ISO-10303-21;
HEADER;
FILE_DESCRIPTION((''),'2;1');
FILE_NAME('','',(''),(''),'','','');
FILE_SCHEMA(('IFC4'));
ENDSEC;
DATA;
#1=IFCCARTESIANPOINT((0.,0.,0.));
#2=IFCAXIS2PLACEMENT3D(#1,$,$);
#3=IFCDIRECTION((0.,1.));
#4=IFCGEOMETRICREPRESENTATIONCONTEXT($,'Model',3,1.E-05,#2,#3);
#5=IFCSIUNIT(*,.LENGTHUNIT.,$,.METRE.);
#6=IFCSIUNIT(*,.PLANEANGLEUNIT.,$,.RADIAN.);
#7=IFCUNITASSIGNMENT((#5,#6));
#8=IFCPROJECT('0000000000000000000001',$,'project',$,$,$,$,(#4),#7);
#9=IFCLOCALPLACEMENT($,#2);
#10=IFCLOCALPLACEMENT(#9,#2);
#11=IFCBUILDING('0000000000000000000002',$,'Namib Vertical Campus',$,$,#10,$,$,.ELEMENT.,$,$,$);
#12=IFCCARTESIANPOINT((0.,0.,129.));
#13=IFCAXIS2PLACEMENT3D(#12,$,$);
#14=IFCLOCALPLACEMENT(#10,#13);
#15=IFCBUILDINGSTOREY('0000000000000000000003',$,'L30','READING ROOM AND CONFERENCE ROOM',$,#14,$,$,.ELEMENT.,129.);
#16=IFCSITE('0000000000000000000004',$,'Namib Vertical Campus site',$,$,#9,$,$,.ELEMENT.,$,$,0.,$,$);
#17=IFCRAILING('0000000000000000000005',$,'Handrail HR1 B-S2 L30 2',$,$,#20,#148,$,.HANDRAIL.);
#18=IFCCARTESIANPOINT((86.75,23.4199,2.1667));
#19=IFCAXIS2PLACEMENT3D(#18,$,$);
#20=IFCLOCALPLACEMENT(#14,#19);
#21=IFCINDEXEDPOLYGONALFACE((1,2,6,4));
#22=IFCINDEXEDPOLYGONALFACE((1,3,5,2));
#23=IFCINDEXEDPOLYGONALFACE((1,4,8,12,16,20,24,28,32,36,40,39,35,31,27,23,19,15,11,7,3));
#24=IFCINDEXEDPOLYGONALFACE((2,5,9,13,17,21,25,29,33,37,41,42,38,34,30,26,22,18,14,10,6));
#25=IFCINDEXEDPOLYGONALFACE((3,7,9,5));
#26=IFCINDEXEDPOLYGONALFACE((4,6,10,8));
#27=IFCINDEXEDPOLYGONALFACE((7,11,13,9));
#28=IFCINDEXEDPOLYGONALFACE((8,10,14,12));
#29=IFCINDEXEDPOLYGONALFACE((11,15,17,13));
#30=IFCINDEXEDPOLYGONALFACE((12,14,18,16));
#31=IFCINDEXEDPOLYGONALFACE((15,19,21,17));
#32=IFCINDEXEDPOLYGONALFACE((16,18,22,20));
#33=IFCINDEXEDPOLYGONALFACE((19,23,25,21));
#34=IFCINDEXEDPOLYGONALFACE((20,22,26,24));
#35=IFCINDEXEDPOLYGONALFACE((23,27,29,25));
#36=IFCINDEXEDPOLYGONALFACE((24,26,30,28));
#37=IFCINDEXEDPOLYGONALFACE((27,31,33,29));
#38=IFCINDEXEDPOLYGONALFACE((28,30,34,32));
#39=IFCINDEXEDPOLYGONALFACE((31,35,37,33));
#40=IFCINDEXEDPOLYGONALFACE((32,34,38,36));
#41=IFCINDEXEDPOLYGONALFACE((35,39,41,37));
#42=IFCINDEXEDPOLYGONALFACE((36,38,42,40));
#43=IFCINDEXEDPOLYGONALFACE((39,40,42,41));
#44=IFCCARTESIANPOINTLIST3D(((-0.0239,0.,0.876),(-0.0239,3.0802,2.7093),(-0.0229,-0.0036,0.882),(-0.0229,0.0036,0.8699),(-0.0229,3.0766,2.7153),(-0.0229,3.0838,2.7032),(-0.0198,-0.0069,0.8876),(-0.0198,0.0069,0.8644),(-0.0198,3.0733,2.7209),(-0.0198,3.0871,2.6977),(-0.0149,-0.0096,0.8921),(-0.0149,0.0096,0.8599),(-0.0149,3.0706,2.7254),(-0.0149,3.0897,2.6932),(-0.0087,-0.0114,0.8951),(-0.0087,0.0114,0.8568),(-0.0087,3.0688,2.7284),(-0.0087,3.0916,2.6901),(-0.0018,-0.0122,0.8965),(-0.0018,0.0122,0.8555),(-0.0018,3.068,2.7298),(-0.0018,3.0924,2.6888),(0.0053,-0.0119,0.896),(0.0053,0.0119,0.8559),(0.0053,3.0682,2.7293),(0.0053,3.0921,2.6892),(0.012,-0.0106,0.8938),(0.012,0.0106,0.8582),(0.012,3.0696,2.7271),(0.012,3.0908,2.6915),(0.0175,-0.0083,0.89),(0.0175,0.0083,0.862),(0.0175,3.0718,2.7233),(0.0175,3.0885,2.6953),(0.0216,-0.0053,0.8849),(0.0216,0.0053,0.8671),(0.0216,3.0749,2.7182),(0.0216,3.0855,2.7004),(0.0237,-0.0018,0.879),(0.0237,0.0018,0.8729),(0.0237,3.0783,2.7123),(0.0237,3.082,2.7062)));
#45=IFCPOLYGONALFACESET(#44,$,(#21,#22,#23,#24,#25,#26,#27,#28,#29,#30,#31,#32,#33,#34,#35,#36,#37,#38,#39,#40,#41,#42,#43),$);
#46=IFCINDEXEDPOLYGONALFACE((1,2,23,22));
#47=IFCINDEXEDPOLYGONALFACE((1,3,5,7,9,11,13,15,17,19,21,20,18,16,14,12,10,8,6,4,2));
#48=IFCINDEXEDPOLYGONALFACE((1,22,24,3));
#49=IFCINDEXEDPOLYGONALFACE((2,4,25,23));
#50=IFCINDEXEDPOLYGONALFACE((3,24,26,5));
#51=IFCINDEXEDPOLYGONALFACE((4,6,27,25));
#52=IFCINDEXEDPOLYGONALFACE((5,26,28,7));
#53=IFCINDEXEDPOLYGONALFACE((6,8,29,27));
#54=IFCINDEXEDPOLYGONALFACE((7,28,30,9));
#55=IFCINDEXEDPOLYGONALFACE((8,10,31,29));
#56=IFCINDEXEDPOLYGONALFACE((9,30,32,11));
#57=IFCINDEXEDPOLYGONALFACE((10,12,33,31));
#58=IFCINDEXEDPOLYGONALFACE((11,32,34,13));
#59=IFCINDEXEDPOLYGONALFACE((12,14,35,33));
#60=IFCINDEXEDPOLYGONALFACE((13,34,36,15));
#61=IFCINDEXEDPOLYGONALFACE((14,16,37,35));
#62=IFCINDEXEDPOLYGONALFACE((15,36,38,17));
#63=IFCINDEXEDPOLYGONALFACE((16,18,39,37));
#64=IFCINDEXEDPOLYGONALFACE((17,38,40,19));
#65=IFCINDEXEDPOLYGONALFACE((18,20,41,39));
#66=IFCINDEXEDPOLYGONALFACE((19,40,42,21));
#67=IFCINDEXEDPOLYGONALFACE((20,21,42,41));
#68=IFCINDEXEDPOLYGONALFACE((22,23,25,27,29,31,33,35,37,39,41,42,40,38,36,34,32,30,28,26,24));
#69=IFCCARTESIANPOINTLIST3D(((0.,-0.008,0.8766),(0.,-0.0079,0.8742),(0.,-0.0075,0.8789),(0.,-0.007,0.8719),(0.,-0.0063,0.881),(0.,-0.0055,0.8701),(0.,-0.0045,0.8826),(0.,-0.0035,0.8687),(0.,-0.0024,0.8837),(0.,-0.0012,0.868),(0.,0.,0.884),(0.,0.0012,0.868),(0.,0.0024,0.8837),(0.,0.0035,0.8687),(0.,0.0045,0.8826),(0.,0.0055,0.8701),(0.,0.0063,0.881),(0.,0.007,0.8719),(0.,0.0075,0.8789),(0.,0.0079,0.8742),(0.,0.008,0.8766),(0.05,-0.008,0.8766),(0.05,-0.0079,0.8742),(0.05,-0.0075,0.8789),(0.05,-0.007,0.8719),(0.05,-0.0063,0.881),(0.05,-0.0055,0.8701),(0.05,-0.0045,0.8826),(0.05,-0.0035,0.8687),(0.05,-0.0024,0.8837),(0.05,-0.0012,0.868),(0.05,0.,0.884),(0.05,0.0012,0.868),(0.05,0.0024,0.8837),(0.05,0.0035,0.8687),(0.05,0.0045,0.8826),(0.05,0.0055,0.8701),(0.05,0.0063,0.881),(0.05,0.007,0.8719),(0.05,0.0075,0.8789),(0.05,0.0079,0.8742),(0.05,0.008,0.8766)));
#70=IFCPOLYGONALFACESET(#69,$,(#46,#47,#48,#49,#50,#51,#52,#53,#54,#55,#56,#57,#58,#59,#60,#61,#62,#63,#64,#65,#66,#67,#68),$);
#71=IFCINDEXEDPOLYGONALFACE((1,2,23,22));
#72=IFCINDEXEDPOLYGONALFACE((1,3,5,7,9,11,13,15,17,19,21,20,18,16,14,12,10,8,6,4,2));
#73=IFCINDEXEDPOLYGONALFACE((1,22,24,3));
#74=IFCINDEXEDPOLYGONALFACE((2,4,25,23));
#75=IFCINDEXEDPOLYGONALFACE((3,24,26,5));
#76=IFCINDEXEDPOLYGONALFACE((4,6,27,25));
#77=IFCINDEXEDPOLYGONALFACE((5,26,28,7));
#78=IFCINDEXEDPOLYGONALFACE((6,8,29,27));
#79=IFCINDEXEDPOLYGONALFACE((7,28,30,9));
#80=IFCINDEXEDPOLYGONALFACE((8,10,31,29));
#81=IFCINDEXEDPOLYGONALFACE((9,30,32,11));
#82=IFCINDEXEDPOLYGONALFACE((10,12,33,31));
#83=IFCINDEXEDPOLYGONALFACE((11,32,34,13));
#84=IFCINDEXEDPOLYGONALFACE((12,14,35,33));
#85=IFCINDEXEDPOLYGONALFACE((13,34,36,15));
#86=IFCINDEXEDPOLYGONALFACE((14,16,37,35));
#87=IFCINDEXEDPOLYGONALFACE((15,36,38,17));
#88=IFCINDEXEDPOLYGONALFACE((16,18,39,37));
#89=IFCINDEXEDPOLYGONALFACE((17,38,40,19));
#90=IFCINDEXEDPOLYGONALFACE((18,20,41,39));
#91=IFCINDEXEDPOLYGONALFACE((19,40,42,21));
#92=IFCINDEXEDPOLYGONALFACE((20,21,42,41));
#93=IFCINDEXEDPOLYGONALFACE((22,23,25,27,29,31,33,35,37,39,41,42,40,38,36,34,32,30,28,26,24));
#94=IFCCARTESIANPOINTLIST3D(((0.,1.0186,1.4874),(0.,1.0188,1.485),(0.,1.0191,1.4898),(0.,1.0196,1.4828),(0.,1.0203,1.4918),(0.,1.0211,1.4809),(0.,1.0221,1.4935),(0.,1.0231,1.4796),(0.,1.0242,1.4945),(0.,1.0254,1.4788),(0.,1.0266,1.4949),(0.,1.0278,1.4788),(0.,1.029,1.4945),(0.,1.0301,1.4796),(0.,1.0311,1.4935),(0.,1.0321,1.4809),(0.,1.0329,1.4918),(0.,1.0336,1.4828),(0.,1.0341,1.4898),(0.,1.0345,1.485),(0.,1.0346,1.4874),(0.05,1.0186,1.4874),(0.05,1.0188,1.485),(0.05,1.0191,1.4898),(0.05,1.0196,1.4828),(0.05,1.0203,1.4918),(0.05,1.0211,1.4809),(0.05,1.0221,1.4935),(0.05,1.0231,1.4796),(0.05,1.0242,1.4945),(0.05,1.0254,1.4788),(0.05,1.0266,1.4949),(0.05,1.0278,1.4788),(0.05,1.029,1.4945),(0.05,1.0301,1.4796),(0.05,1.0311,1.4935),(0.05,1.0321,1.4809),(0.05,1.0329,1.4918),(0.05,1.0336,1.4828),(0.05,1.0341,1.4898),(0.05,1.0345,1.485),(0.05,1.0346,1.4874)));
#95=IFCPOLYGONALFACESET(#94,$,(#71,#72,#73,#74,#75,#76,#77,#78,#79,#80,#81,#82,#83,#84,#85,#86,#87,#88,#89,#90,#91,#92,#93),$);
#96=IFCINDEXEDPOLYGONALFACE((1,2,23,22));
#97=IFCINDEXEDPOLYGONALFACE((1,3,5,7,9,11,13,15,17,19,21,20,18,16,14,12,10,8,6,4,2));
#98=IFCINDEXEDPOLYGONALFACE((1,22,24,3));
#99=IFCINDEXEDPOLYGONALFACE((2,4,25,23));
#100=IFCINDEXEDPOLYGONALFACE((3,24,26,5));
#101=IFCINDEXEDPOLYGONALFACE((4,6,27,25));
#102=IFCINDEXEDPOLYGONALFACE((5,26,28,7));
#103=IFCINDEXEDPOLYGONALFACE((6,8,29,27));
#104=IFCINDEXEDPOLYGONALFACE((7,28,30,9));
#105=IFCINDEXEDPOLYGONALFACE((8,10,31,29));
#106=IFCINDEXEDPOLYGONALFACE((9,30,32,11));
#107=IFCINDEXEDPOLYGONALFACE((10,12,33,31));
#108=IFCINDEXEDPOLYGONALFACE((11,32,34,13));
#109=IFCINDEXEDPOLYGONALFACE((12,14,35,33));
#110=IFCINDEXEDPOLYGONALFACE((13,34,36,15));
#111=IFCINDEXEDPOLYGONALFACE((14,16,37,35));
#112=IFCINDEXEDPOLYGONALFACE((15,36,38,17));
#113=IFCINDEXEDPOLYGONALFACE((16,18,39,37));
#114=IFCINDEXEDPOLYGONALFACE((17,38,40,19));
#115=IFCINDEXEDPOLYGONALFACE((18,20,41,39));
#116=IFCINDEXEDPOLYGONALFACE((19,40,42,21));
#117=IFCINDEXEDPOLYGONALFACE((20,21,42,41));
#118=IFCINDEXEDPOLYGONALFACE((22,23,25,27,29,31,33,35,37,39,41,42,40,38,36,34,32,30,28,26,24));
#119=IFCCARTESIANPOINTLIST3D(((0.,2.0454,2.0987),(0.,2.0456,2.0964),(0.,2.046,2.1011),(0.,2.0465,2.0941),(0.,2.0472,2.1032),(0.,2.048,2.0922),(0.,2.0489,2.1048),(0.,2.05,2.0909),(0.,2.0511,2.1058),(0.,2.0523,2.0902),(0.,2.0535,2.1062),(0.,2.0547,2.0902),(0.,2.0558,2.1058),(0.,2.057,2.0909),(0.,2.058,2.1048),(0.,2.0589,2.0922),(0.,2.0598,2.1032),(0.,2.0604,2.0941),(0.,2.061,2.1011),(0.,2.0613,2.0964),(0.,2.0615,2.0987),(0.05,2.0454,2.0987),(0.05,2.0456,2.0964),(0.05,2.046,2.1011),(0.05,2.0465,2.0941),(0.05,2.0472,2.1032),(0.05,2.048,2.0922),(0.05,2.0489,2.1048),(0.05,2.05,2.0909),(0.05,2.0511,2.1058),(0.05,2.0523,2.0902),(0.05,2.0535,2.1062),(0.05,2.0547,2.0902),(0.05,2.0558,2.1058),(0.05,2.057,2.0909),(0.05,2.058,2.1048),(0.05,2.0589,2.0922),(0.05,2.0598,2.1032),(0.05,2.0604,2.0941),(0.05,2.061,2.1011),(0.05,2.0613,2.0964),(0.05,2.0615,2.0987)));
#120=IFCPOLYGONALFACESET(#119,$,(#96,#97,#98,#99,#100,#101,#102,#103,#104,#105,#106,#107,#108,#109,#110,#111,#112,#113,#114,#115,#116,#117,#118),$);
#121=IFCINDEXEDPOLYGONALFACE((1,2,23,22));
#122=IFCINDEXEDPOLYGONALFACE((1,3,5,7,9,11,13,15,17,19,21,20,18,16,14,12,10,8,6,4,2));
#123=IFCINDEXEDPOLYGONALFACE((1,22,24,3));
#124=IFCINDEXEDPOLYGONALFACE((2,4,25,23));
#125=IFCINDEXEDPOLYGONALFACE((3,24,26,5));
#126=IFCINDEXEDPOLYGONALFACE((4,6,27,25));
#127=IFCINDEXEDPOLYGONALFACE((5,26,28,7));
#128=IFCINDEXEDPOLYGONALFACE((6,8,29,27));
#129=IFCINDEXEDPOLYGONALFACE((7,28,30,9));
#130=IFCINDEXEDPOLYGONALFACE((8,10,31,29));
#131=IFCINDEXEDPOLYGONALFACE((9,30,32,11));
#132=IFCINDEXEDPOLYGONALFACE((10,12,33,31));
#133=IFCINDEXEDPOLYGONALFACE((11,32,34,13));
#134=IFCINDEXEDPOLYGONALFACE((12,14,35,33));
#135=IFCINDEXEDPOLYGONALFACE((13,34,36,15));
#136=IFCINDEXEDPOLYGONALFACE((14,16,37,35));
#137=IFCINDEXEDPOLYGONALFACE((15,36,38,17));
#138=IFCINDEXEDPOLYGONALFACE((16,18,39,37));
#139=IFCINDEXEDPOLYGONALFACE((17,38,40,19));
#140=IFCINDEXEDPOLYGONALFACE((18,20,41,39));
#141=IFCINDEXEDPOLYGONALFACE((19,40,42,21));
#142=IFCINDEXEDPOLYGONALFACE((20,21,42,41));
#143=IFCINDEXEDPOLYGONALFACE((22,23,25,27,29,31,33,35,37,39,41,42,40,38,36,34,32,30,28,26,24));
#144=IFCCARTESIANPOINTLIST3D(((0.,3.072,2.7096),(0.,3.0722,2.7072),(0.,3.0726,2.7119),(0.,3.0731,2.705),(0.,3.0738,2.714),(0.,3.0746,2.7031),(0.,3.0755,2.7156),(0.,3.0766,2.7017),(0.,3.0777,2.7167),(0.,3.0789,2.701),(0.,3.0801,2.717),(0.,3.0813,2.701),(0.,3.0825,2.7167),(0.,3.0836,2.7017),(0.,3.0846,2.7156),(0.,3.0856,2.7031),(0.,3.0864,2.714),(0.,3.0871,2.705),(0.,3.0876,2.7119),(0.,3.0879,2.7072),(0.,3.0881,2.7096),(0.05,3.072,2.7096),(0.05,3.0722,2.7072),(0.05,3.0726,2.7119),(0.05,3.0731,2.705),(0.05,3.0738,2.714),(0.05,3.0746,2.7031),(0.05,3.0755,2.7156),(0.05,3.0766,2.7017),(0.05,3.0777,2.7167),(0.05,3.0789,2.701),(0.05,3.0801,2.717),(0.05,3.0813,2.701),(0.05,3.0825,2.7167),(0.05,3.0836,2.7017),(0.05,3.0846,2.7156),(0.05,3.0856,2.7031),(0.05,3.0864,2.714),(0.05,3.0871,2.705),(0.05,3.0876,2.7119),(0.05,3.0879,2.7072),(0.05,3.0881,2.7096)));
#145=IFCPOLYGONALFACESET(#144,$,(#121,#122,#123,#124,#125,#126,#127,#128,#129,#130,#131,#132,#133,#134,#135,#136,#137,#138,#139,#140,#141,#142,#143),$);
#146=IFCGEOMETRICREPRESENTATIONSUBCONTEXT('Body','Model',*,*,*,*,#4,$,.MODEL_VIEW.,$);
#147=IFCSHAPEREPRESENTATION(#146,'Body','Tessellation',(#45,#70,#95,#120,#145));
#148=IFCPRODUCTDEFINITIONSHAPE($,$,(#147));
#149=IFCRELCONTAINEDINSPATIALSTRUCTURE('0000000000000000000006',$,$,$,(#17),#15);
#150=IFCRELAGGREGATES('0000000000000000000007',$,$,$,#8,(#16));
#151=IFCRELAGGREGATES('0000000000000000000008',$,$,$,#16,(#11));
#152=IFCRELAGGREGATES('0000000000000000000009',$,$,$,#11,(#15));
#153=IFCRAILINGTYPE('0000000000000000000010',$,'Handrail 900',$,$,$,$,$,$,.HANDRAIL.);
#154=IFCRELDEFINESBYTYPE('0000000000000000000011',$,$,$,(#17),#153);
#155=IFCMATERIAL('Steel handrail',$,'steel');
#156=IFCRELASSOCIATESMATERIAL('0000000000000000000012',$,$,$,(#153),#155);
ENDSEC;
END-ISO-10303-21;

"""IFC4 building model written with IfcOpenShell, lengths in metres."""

from ifc_helpers import new_model, si_unit, direction, frame, origin, origin_2d, place, context, subcontext, project, spatial, circle, extrude, material, type_object, element, save


model = new_model("IFC4")

# Units and contexts
model_context = context("Model", 3, precision=1e-05, world=origin(), true_north=direction((0.0, 1.0)))
body_context = subcontext(model_context, "Body", "Model", "MODEL_VIEW")
ifc_project = project(units=[si_unit("LENGTHUNIT", "METRE"), si_unit("PLANEANGLEUNIT", "RADIAN")], contexts=[model_context])

# Site, building, storey
site_placement = place(None, origin())
site = spatial("IfcSite", under=ifc_project, at=site_placement, Name="Namib Vertical Campus site", CompositionType="ELEMENT", RefElevation=0.0)
building_placement = place(site_placement, origin())
building = spatial("IfcBuilding", under=site, at=building_placement, Name="Namib Vertical Campus", CompositionType="ELEMENT")
storey_placement = place(building_placement, frame((0.0, 0.0, 129.0)))
storey = spatial("IfcBuildingStorey", under=building, at=storey_placement, Name="L30", Description="READING ROOM AND CONFERENCE ROOM", CompositionType="ELEMENT", Elevation=129.0)

# Railing
ifc_material_1 = material(Name="Steel handrail", Category="steel")
railing_type_1 = type_object("IfcRailingType", Name="Handrail 900", PredefinedType="HANDRAIL", material=ifc_material_1)
railing_1_placement = place(storey_placement, frame((86.75, 23.4199, 2.1667)))
element("IfcRailing", 1, at=railing_1_placement, inside=storey, type_object=railing_type_1, Name="Handrail HR1 B-S2 L30 2", PredefinedType="HANDRAIL", context=body_context, shape_type="SweptSolid", body=[
    extrude(circle(Radius=0.0239, at=origin_2d()), frame((0.0, 0.0, 0.876), z_axis=(0.0, 0.859309, 0.511458), x_axis=(-1.0, 0.0, 0.0)), (0.0, 0.0, 1.0), 3.5845),
    extrude(circle(Radius=0.0081, at=origin_2d()), frame((0.0, 0.0, 0.876), z_axis=(1.0, 0.0, 0.0), x_axis=(0.0, 0.0, 1.0)), (0.0, 0.0, 1.0), 0.05),
    extrude(circle(Radius=0.0081, at=origin_2d()), frame((0.0, 1.0266, 1.4868), z_axis=(1.0, 0.0, 0.0), x_axis=(0.0, 0.0, 1.0)), (0.0, 0.0, 1.0), 0.05),
    extrude(circle(Radius=0.0081, at=origin_2d()), frame((0.0, 2.0535, 2.0981), z_axis=(1.0, 0.0, 0.0), x_axis=(0.0, 0.0, 1.0)), (0.0, 0.0, 1.0), 0.05),
    extrude(circle(Radius=0.0081, at=origin_2d()), frame((0.0, 3.0801, 2.709), z_axis=(1.0, 0.0, 0.0), x_axis=(0.0, 0.0, 1.0)), (0.0, 0.0, 1.0), 0.05),
])

save(model, "model.ifc")
